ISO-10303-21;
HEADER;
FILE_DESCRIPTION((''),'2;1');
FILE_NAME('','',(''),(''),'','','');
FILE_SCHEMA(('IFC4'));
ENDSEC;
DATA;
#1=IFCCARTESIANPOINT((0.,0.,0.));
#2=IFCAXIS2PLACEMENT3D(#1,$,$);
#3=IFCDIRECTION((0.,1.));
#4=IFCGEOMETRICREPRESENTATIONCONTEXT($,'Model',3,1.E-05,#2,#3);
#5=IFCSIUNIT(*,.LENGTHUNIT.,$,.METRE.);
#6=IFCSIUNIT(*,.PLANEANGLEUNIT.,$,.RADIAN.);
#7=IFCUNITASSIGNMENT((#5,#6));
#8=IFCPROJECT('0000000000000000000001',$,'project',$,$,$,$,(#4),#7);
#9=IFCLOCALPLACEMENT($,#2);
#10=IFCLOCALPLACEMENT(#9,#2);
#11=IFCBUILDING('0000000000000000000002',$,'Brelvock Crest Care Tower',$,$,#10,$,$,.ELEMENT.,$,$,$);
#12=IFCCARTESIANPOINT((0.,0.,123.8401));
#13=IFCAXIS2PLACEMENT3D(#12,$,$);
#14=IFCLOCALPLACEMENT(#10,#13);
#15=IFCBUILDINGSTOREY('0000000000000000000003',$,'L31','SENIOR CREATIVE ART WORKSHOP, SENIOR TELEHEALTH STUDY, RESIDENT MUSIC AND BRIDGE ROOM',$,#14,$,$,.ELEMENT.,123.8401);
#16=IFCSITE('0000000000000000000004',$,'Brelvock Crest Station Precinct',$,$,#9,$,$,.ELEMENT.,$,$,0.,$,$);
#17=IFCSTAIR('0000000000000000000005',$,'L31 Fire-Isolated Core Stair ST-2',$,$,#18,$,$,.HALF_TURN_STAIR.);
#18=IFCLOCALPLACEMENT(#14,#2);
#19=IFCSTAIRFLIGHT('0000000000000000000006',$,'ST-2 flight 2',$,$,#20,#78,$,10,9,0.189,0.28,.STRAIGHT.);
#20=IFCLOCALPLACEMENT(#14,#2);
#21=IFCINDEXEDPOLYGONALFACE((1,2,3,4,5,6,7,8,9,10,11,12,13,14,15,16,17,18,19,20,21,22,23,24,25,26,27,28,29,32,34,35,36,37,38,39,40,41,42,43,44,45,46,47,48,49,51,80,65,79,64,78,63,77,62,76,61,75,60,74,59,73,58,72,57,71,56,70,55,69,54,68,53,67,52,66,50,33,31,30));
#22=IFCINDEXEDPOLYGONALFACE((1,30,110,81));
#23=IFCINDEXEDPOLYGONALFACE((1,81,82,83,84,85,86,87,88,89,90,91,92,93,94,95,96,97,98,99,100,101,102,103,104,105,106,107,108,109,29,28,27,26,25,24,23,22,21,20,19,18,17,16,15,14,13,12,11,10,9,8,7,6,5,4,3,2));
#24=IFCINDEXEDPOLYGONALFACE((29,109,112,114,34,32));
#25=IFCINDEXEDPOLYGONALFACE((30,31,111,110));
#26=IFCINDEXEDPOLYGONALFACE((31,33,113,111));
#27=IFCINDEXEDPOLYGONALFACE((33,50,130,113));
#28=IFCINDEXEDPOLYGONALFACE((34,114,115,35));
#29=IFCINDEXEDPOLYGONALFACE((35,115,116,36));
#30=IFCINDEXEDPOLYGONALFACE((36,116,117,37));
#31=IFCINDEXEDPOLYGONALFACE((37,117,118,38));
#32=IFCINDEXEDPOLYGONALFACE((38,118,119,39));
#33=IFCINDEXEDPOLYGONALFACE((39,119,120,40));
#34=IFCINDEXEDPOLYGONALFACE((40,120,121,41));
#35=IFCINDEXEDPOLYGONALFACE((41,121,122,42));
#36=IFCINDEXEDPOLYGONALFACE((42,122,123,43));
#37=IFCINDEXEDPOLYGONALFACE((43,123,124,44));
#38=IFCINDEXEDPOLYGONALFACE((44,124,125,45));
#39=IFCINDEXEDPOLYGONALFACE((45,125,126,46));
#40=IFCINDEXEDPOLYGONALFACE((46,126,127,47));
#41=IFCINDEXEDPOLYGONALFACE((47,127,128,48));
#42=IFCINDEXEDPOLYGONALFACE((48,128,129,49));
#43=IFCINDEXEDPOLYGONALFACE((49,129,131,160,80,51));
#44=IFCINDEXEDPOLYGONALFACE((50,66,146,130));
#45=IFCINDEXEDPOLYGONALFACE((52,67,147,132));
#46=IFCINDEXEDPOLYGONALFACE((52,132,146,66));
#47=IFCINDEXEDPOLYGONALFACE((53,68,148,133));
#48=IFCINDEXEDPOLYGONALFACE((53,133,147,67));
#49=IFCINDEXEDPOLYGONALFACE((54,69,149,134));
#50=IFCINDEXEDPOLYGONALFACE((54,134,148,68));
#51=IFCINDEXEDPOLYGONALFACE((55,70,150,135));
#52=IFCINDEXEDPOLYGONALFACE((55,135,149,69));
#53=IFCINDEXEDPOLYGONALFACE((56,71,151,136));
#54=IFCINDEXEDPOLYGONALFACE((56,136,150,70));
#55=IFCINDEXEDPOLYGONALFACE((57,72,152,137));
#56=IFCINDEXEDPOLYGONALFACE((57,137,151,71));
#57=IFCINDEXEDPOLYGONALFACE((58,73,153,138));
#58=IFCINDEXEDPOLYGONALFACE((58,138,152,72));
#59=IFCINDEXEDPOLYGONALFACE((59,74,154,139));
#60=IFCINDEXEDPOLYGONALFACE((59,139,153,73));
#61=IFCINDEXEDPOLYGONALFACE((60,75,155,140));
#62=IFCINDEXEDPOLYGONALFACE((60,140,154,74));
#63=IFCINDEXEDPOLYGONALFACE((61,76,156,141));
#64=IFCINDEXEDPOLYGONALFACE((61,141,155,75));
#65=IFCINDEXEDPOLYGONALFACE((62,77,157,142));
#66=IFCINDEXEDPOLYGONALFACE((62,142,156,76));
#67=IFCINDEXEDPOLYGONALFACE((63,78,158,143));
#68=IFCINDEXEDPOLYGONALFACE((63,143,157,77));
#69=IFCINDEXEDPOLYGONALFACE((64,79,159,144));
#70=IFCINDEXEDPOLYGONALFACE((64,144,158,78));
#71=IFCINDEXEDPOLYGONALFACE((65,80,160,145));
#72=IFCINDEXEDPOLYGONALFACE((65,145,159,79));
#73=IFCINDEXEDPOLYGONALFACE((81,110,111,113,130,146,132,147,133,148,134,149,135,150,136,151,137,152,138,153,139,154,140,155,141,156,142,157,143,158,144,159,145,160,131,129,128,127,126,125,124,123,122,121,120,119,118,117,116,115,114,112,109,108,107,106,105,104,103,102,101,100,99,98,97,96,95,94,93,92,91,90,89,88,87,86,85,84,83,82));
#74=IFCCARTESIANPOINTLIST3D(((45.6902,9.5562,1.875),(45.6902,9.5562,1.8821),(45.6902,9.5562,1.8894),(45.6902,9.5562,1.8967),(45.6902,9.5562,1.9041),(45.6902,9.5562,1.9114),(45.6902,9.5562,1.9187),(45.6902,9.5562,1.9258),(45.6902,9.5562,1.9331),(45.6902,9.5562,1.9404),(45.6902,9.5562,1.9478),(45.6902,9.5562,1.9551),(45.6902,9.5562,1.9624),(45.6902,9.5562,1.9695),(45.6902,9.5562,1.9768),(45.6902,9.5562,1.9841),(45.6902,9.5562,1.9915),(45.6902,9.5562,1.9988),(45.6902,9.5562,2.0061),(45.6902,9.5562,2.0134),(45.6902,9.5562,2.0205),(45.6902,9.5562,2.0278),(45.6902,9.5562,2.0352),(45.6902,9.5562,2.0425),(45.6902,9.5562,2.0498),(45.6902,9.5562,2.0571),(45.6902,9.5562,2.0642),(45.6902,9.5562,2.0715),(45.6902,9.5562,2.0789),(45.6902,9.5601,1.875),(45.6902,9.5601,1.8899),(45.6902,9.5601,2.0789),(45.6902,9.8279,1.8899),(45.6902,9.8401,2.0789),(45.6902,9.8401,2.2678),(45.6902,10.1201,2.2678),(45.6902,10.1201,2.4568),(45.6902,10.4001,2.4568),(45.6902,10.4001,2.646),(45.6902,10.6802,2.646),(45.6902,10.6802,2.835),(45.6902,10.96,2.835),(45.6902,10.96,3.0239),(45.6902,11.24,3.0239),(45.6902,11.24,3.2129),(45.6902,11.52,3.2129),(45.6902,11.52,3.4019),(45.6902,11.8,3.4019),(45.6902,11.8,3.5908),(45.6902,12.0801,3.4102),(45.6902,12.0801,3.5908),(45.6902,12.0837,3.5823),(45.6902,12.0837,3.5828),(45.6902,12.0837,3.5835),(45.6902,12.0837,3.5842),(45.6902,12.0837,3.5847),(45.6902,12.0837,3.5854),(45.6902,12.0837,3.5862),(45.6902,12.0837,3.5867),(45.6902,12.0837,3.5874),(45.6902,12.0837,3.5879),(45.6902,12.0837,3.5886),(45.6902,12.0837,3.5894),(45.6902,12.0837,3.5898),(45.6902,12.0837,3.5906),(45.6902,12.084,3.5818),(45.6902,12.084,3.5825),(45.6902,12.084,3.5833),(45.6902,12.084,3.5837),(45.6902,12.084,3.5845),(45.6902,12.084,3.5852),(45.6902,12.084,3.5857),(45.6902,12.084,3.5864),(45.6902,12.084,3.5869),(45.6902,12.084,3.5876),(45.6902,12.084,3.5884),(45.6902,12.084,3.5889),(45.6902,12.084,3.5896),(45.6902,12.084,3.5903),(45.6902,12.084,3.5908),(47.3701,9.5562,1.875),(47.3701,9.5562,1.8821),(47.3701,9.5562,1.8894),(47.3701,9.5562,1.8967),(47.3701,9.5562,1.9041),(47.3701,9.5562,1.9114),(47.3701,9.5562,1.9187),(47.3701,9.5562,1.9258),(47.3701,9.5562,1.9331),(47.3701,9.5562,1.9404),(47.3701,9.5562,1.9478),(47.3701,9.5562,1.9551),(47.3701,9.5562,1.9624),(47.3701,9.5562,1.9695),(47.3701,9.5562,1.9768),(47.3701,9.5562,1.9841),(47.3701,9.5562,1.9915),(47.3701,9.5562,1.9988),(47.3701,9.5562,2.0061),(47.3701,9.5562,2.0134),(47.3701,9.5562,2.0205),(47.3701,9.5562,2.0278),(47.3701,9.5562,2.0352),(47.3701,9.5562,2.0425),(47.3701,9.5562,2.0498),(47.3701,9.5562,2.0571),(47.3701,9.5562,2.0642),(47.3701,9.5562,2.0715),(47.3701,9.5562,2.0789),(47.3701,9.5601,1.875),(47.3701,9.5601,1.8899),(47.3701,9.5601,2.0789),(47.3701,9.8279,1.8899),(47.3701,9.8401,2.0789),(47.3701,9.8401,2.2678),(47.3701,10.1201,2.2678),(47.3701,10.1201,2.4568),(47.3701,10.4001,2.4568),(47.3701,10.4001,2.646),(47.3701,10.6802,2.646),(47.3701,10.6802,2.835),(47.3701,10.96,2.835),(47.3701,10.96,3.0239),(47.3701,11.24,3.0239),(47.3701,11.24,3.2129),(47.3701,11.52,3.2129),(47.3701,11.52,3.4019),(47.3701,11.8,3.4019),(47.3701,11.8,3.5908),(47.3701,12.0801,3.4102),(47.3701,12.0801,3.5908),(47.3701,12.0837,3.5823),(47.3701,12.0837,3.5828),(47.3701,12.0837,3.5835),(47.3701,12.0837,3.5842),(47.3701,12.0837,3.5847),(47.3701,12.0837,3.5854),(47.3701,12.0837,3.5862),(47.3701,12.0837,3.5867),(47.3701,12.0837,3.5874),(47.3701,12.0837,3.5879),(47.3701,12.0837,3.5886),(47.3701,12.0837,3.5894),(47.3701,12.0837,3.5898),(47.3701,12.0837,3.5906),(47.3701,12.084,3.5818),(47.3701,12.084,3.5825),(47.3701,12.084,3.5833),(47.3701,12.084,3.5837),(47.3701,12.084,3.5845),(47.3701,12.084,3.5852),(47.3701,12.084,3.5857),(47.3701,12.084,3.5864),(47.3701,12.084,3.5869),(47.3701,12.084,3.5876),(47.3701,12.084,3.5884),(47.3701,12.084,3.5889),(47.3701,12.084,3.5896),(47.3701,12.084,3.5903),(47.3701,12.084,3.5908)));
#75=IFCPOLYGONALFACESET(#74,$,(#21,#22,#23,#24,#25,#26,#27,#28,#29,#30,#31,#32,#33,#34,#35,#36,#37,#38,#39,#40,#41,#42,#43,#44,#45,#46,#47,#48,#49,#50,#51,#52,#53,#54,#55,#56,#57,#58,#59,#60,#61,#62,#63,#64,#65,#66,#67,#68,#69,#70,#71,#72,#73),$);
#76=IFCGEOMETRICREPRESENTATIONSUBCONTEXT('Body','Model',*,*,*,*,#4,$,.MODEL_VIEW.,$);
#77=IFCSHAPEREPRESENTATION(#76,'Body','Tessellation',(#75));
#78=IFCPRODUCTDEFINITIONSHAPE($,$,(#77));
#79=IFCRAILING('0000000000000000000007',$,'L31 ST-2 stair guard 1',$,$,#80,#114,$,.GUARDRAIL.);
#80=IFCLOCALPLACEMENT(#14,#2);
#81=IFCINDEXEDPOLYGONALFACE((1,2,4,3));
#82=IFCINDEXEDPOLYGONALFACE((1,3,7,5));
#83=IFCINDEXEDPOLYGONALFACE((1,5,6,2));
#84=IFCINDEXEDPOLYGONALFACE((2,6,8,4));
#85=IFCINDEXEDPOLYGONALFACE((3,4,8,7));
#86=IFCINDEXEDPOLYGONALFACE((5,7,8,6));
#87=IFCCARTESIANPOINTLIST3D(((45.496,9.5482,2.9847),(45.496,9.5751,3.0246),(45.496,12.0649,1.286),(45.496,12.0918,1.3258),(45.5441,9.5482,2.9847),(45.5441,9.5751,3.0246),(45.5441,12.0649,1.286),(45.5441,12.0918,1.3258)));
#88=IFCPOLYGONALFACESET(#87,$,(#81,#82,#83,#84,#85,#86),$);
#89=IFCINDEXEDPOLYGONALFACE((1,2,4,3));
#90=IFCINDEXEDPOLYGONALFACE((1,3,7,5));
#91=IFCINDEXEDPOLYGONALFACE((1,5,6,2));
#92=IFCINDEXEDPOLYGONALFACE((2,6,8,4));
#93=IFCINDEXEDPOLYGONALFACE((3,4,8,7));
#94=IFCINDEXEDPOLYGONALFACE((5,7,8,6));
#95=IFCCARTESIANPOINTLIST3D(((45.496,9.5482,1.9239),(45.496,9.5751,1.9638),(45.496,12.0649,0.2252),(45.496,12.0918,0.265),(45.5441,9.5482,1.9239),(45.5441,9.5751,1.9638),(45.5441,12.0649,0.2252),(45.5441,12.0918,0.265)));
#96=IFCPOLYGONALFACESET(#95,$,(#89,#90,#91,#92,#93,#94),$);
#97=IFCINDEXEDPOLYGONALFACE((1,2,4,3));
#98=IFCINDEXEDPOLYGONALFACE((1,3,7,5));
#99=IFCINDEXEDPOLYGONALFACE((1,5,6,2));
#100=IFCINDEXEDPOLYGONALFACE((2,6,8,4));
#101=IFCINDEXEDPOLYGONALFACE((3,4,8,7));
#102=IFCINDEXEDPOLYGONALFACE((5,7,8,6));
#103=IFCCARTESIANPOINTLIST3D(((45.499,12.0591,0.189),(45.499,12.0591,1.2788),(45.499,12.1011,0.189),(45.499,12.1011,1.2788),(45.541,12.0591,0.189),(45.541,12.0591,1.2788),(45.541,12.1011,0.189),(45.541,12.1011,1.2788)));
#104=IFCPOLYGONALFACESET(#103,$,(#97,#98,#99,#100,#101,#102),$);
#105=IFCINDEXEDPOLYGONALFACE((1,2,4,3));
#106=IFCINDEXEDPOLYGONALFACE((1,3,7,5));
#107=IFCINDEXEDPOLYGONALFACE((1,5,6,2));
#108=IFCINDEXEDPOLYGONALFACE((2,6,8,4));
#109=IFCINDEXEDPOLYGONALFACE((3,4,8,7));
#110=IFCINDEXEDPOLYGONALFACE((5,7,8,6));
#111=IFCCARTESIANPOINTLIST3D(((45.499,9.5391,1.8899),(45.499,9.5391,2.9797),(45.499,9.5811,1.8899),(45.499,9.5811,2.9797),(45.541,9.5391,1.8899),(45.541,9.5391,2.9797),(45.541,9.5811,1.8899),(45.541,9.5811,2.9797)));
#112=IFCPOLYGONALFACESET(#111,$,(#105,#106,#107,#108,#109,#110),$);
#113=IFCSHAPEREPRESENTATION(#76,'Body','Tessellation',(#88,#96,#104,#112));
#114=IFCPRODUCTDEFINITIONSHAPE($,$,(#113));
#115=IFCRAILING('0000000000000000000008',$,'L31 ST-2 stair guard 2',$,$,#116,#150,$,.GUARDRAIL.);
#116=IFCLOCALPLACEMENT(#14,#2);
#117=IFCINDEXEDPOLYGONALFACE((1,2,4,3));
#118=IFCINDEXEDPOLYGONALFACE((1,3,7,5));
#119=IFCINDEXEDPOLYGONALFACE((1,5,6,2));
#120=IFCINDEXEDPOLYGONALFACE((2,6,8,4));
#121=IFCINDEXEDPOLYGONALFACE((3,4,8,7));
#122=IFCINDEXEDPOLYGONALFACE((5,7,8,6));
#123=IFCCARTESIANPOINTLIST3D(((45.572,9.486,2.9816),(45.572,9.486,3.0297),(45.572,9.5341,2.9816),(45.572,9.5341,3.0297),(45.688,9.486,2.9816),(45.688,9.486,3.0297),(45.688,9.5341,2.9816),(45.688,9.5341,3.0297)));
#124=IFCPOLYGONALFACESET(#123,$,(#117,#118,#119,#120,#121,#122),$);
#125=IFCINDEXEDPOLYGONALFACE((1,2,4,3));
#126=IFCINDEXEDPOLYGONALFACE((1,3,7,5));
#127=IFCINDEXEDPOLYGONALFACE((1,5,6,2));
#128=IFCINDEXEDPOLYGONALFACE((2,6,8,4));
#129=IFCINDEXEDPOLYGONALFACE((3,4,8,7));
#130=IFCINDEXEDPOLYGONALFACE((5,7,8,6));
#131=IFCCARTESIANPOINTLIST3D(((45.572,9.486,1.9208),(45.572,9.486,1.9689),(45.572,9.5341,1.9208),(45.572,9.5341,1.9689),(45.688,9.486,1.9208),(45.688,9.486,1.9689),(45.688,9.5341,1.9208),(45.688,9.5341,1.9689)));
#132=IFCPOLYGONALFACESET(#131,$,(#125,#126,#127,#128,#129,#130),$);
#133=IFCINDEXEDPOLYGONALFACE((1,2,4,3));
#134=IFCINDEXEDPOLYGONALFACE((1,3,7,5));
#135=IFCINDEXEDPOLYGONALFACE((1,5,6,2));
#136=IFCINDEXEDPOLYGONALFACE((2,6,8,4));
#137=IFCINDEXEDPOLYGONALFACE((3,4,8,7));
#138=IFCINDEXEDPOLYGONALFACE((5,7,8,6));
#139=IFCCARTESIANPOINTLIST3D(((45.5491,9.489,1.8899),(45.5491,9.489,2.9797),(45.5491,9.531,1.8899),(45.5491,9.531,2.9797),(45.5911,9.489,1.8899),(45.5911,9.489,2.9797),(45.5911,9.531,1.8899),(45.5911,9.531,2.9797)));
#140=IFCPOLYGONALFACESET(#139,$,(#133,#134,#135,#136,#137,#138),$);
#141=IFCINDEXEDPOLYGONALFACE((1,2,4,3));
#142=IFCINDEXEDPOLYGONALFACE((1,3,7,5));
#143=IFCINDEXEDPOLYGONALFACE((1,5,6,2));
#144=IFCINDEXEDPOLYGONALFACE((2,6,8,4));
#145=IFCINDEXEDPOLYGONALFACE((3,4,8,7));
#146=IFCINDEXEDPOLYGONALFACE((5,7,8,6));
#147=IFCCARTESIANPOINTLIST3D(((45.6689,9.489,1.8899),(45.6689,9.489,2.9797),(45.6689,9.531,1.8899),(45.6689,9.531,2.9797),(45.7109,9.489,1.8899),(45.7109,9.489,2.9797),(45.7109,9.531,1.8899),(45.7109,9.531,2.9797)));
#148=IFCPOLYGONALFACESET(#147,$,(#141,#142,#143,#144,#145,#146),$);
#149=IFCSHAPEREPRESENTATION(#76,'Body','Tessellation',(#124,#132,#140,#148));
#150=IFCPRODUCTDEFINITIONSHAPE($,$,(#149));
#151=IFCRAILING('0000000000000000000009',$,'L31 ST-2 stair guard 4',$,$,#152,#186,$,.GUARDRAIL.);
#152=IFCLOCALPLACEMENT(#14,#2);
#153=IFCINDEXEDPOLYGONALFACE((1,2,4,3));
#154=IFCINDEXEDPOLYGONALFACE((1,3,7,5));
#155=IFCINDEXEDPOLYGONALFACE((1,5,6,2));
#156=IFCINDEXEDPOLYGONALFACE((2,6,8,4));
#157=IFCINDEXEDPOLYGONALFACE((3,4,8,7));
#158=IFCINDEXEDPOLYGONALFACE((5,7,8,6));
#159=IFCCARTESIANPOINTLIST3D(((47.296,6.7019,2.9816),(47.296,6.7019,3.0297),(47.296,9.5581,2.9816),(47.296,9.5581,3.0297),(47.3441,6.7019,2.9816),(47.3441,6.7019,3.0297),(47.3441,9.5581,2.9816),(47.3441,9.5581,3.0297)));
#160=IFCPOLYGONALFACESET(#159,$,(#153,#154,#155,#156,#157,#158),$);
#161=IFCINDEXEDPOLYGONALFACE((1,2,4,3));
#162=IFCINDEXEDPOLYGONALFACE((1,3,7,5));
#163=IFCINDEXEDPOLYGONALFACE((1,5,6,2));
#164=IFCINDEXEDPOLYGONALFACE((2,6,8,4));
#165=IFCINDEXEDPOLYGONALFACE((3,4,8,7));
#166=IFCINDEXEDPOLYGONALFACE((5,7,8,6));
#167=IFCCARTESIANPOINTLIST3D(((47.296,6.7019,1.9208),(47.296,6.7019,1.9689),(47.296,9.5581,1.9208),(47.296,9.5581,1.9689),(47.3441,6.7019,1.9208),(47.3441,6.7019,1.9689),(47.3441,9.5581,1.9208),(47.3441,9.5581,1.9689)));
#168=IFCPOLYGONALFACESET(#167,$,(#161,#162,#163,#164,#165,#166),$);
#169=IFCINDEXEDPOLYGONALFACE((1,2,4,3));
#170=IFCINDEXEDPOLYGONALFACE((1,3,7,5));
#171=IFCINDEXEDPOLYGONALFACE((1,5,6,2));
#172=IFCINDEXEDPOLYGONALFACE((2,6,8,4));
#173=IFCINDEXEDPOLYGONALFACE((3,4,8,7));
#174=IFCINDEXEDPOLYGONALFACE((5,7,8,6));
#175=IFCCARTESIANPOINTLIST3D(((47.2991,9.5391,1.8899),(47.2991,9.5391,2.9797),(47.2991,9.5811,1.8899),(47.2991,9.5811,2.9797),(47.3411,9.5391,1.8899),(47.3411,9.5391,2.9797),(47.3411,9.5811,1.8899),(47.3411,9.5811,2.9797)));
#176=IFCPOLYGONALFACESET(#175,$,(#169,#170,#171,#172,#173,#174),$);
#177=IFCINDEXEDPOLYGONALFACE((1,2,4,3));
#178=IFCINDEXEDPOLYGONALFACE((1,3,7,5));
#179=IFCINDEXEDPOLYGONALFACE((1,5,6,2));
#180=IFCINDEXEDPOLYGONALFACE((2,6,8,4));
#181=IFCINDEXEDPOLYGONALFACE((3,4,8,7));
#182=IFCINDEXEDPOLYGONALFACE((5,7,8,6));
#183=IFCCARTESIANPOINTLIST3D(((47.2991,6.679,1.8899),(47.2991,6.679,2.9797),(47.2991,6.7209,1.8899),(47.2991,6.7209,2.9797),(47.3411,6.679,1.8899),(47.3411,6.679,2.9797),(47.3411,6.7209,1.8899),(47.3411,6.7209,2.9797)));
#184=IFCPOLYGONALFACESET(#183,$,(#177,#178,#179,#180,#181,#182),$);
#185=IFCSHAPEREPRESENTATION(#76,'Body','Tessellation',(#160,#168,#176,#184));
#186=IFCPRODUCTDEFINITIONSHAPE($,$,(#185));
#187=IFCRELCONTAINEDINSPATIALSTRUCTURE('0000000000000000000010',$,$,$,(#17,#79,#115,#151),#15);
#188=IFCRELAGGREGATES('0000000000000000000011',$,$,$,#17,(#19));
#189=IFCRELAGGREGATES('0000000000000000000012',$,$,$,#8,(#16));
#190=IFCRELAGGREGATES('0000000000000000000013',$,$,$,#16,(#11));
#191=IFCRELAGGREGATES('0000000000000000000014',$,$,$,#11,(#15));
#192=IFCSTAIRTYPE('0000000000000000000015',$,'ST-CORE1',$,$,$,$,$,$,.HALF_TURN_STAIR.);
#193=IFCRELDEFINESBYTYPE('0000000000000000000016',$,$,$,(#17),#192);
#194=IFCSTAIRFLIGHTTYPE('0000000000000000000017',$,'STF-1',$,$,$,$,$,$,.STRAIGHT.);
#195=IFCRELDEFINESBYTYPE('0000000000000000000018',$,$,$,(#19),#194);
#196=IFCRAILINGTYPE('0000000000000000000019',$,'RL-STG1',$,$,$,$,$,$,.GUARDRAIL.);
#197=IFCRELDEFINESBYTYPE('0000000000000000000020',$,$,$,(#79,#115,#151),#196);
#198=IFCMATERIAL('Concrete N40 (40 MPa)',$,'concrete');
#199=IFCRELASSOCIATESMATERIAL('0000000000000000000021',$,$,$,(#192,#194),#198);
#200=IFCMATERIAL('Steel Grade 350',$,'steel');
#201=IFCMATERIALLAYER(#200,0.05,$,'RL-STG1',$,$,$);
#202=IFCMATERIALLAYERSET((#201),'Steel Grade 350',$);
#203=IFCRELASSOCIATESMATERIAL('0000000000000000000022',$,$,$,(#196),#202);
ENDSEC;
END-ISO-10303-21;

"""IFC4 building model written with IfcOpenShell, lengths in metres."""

from ifc_helpers import new_model, si_unit, direction, frame, origin, origin_2d, place, context, subcontext, project, spatial, polyline, rectangle, outline, extrude, material, layer, layer_set, type_object, element, aggregate, save


model = new_model("IFC4")

# Units and contexts
model_context = context("Model", 3, precision=1e-05, world=origin(), true_north=direction((0.0, 1.0)))
body_context = subcontext(model_context, "Body", "Model", "MODEL_VIEW")
ifc_project = project(units=[si_unit("LENGTHUNIT", "METRE"), si_unit("PLANEANGLEUNIT", "RADIAN")], contexts=[model_context])

# Site, building, storey
site_placement = place(None, origin())
site = spatial("IfcSite", under=ifc_project, at=site_placement, Name="Brelvock Crest Station Precinct", CompositionType="ELEMENT", RefElevation=0.0)
building_placement = place(site_placement, origin())
building = spatial("IfcBuilding", under=site, at=building_placement, Name="Brelvock Crest Care Tower", CompositionType="ELEMENT")
storey_placement = place(building_placement, frame((0.0, 0.0, 123.8401)))
storey = spatial("IfcBuildingStorey", under=building, at=storey_placement, Name="L31", Description="SENIOR CREATIVE ART WORKSHOP, SENIOR TELEHEALTH STUDY, RESIDENT MUSIC AND BRIDGE ROOM", CompositionType="ELEMENT", Elevation=123.8401)

# Shared definitions
ifc_material_1 = material(Name="Steel Grade 350", Category="steel")

# Stair, stair flight
ifc_material_2 = material(Name="Concrete N40 (40 MPa)", Category="concrete")
stair_type = type_object("IfcStairType", Name="ST-CORE1", PredefinedType="HALF_TURN_STAIR", material=ifc_material_2)
stair_placement = place(storey_placement, origin())
stair = element("IfcStair", 1, at=stair_placement, inside=storey, type_object=stair_type, Name="L31 Fire-Isolated Core Stair ST-2", PredefinedType="HALF_TURN_STAIR")
stair_flight_type = type_object("IfcStairFlightType", Name="STF-1", PredefinedType="STRAIGHT", material=ifc_material_2)
stair_flight_1_placement = place(storey_placement, frame((46.53, 9.5601, 1.8899), z_axis=(0.0, 0.0, 1.0), x_axis=(0.0, 1.0, 0.0)))
stair_flight_1 = element("IfcStairFlight", 2, at=stair_flight_1_placement, type_object=stair_flight_type, Name="ST-2 flight 2", NumberOfRisers=10, NumberOfTreads=9, PredefinedType="STRAIGHT", RiserHeight=0.189, TreadLength=0.28, context=body_context, shape_type="SweptSolid", body=[
    extrude(outline(polyline([(-0.0039, -0.0149), (-0.0039, -0.0078), (-0.0039, -0.0005), (-0.0039, 0.0068), (-0.0039, 0.0142), (-0.0039, 0.0215), (-0.0039, 0.0288), (-0.0039, 0.0359), (-0.0039, 0.0432), (-0.0039, 0.0505), (-0.0039, 0.0579), (-0.0039, 0.0652), (-0.0039, 0.0725), (-0.0039, 0.0796), (-0.0039, 0.0869), (-0.0039, 0.0942), (-0.0039, 0.1016), (-0.0039, 0.1089), (-0.0039, 0.1162), (-0.0039, 0.1235), (-0.0039, 0.1306), (-0.0039, 0.1379), (-0.0039, 0.1453), (-0.0039, 0.1526), (-0.0039, 0.1599), (-0.0039, 0.1672), (-0.0039, 0.1743), (-0.0039, 0.1816), (-0.0039, 0.189), (0.0, 0.189), (0.28, 0.189), (0.28, 0.3779), (0.5601, 0.3779), (0.5601, 0.5669), (0.8401, 0.5669), (0.8401, 0.7561), (1.1201, 0.7561), (1.1201, 0.9451), (1.3999, 0.9451), (1.3999, 1.134), (1.6799, 1.134), (1.6799, 1.323), (1.96, 1.323), (1.96, 1.512), (2.24, 1.512), (2.24, 1.7009), (2.52, 1.7009), (2.5239, 1.7009), (2.5237, 1.7007), (2.5239, 1.7004), (2.5237, 1.7), (2.5239, 1.6997), (2.5237, 1.6995), (2.5239, 1.699), (2.5237, 1.6987), (2.5239, 1.6985), (2.5237, 1.698), (2.5239, 1.6978), (2.5237, 1.6975), (2.5239, 1.697), (2.5237, 1.6968), (2.5239, 1.6965), (2.5237, 1.6963), (2.5239, 1.6958), (2.5237, 1.6956), (2.5239, 1.6953), (2.5237, 1.6948), (2.5239, 1.6946), (2.5237, 1.6943), (2.5239, 1.6938), (2.5237, 1.6936), (2.5239, 1.6934), (2.5237, 1.6929), (2.5239, 1.6926), (2.5237, 1.6924), (2.5239, 1.6919), (2.52, 1.5203), (0.2678, 0.0), (0.0, 0.0), (0.0, -0.0149), (-0.0039, -0.0149)])), frame((0.0, 0.8398, 0.0), z_axis=(0.0, -1.0, 0.0), x_axis=(1.0, 0.0, 0.0)), (0.0, 0.0, 1.0), 1.6799),
])
aggregate(stair, [stair_flight_1])

# Railings
ifc_layer_1 = layer(ifc_material_1, 0.05, Name="RL-STG1")
ifc_layer_set_1 = layer_set([ifc_layer_1], Name="Steel Grade 350")
railing_type_1 = type_object("IfcRailingType", Name="RL-STG1", PredefinedType="GUARDRAIL", material=ifc_layer_set_1)
railing_1_placement = place(storey_placement, frame((45.52, 12.0801, 0.189)))
element("IfcRailing", 3, at=railing_1_placement, inside=storey, type_object=railing_type_1, Name="L31 ST-2 stair guard 1", PredefinedType="GUARDRAIL", context=body_context, shape_type="SweptSolid", body=[
    extrude(rectangle(XDim=0.0481, YDim=0.0481, at=origin_2d()), frame((0.0, -0.0017, 1.1169), z_axis=(0.0, -0.828862, 0.559454), x_axis=(1.0, 0.0, 0.0)), (0.0, 0.0, 1.0), 3.0364),
    extrude(rectangle(XDim=0.0481, YDim=0.0481, at=origin_2d()), frame((0.0, -0.0017, 0.0562), z_axis=(0.0, -0.828862, 0.559454), x_axis=(1.0, 0.0, 0.0)), (0.0, 0.0, 1.0), 3.0364),
    extrude(rectangle(XDim=0.042, YDim=0.042, at=origin_2d()), origin(), (0.0, 0.0, 1.0), 1.0898),
    extrude(rectangle(XDim=0.042, YDim=0.042, at=origin_2d()), frame((0.0, -2.52, 1.7009)), (0.0, 0.0, 1.0), 1.0898),
])
railing_2_placement = place(storey_placement, frame((45.5701, 9.51, 1.8899)))
element("IfcRailing", 4, at=railing_2_placement, inside=storey, type_object=railing_type_1, Name="L31 ST-2 stair guard 2", PredefinedType="GUARDRAIL", context=body_context, shape_type="SweptSolid", body=[
    extrude(rectangle(XDim=0.0481, YDim=0.0481, at=origin_2d()), frame((0.002, 0.0, 1.1157), z_axis=(1.0, 0.0, 0.0), x_axis=(0.0, 1.0, 0.0)), (0.0, 0.0, 1.0), 0.116),
    extrude(rectangle(XDim=0.0481, YDim=0.0481, at=origin_2d()), frame((0.002, 0.0, 0.0549), z_axis=(1.0, 0.0, 0.0), x_axis=(0.0, 1.0, 0.0)), (0.0, 0.0, 1.0), 0.116),
    extrude(rectangle(XDim=0.042, YDim=0.042, at=origin_2d()), origin(), (0.0, 0.0, 1.0), 1.0898),
    extrude(rectangle(XDim=0.042, YDim=0.042, at=origin_2d()), frame((0.1199, 0.0, 0.0)), (0.0, 0.0, 1.0), 1.0898),
])
railing_3_placement = place(storey_placement, frame((47.3201, 9.5601, 1.8899)))
element("IfcRailing", 5, at=railing_3_placement, inside=storey, type_object=railing_type_1, Name="L31 ST-2 stair guard 4", PredefinedType="GUARDRAIL", context=body_context, shape_type="SweptSolid", body=[
    extrude(rectangle(XDim=0.0481, YDim=0.0481, at=origin_2d()), frame((0.0, -0.002, 1.1157), z_axis=(0.0, -1.0, 0.0), x_axis=(1.0, 0.0, 0.0)), (0.0, 0.0, 1.0), 2.8562),
    extrude(rectangle(XDim=0.0481, YDim=0.0481, at=origin_2d()), frame((0.0, -0.002, 0.0549), z_axis=(0.0, -1.0, 0.0), x_axis=(1.0, 0.0, 0.0)), (0.0, 0.0, 1.0), 2.8562),
    extrude(rectangle(XDim=0.042, YDim=0.042, at=origin_2d()), origin(), (0.0, 0.0, 1.0), 1.0898),
    extrude(rectangle(XDim=0.042, YDim=0.042, at=origin_2d()), frame((0.0, -2.8601, 0.0)), (0.0, 0.0, 1.0), 1.0898),
])

save(model, "model.ifc")
